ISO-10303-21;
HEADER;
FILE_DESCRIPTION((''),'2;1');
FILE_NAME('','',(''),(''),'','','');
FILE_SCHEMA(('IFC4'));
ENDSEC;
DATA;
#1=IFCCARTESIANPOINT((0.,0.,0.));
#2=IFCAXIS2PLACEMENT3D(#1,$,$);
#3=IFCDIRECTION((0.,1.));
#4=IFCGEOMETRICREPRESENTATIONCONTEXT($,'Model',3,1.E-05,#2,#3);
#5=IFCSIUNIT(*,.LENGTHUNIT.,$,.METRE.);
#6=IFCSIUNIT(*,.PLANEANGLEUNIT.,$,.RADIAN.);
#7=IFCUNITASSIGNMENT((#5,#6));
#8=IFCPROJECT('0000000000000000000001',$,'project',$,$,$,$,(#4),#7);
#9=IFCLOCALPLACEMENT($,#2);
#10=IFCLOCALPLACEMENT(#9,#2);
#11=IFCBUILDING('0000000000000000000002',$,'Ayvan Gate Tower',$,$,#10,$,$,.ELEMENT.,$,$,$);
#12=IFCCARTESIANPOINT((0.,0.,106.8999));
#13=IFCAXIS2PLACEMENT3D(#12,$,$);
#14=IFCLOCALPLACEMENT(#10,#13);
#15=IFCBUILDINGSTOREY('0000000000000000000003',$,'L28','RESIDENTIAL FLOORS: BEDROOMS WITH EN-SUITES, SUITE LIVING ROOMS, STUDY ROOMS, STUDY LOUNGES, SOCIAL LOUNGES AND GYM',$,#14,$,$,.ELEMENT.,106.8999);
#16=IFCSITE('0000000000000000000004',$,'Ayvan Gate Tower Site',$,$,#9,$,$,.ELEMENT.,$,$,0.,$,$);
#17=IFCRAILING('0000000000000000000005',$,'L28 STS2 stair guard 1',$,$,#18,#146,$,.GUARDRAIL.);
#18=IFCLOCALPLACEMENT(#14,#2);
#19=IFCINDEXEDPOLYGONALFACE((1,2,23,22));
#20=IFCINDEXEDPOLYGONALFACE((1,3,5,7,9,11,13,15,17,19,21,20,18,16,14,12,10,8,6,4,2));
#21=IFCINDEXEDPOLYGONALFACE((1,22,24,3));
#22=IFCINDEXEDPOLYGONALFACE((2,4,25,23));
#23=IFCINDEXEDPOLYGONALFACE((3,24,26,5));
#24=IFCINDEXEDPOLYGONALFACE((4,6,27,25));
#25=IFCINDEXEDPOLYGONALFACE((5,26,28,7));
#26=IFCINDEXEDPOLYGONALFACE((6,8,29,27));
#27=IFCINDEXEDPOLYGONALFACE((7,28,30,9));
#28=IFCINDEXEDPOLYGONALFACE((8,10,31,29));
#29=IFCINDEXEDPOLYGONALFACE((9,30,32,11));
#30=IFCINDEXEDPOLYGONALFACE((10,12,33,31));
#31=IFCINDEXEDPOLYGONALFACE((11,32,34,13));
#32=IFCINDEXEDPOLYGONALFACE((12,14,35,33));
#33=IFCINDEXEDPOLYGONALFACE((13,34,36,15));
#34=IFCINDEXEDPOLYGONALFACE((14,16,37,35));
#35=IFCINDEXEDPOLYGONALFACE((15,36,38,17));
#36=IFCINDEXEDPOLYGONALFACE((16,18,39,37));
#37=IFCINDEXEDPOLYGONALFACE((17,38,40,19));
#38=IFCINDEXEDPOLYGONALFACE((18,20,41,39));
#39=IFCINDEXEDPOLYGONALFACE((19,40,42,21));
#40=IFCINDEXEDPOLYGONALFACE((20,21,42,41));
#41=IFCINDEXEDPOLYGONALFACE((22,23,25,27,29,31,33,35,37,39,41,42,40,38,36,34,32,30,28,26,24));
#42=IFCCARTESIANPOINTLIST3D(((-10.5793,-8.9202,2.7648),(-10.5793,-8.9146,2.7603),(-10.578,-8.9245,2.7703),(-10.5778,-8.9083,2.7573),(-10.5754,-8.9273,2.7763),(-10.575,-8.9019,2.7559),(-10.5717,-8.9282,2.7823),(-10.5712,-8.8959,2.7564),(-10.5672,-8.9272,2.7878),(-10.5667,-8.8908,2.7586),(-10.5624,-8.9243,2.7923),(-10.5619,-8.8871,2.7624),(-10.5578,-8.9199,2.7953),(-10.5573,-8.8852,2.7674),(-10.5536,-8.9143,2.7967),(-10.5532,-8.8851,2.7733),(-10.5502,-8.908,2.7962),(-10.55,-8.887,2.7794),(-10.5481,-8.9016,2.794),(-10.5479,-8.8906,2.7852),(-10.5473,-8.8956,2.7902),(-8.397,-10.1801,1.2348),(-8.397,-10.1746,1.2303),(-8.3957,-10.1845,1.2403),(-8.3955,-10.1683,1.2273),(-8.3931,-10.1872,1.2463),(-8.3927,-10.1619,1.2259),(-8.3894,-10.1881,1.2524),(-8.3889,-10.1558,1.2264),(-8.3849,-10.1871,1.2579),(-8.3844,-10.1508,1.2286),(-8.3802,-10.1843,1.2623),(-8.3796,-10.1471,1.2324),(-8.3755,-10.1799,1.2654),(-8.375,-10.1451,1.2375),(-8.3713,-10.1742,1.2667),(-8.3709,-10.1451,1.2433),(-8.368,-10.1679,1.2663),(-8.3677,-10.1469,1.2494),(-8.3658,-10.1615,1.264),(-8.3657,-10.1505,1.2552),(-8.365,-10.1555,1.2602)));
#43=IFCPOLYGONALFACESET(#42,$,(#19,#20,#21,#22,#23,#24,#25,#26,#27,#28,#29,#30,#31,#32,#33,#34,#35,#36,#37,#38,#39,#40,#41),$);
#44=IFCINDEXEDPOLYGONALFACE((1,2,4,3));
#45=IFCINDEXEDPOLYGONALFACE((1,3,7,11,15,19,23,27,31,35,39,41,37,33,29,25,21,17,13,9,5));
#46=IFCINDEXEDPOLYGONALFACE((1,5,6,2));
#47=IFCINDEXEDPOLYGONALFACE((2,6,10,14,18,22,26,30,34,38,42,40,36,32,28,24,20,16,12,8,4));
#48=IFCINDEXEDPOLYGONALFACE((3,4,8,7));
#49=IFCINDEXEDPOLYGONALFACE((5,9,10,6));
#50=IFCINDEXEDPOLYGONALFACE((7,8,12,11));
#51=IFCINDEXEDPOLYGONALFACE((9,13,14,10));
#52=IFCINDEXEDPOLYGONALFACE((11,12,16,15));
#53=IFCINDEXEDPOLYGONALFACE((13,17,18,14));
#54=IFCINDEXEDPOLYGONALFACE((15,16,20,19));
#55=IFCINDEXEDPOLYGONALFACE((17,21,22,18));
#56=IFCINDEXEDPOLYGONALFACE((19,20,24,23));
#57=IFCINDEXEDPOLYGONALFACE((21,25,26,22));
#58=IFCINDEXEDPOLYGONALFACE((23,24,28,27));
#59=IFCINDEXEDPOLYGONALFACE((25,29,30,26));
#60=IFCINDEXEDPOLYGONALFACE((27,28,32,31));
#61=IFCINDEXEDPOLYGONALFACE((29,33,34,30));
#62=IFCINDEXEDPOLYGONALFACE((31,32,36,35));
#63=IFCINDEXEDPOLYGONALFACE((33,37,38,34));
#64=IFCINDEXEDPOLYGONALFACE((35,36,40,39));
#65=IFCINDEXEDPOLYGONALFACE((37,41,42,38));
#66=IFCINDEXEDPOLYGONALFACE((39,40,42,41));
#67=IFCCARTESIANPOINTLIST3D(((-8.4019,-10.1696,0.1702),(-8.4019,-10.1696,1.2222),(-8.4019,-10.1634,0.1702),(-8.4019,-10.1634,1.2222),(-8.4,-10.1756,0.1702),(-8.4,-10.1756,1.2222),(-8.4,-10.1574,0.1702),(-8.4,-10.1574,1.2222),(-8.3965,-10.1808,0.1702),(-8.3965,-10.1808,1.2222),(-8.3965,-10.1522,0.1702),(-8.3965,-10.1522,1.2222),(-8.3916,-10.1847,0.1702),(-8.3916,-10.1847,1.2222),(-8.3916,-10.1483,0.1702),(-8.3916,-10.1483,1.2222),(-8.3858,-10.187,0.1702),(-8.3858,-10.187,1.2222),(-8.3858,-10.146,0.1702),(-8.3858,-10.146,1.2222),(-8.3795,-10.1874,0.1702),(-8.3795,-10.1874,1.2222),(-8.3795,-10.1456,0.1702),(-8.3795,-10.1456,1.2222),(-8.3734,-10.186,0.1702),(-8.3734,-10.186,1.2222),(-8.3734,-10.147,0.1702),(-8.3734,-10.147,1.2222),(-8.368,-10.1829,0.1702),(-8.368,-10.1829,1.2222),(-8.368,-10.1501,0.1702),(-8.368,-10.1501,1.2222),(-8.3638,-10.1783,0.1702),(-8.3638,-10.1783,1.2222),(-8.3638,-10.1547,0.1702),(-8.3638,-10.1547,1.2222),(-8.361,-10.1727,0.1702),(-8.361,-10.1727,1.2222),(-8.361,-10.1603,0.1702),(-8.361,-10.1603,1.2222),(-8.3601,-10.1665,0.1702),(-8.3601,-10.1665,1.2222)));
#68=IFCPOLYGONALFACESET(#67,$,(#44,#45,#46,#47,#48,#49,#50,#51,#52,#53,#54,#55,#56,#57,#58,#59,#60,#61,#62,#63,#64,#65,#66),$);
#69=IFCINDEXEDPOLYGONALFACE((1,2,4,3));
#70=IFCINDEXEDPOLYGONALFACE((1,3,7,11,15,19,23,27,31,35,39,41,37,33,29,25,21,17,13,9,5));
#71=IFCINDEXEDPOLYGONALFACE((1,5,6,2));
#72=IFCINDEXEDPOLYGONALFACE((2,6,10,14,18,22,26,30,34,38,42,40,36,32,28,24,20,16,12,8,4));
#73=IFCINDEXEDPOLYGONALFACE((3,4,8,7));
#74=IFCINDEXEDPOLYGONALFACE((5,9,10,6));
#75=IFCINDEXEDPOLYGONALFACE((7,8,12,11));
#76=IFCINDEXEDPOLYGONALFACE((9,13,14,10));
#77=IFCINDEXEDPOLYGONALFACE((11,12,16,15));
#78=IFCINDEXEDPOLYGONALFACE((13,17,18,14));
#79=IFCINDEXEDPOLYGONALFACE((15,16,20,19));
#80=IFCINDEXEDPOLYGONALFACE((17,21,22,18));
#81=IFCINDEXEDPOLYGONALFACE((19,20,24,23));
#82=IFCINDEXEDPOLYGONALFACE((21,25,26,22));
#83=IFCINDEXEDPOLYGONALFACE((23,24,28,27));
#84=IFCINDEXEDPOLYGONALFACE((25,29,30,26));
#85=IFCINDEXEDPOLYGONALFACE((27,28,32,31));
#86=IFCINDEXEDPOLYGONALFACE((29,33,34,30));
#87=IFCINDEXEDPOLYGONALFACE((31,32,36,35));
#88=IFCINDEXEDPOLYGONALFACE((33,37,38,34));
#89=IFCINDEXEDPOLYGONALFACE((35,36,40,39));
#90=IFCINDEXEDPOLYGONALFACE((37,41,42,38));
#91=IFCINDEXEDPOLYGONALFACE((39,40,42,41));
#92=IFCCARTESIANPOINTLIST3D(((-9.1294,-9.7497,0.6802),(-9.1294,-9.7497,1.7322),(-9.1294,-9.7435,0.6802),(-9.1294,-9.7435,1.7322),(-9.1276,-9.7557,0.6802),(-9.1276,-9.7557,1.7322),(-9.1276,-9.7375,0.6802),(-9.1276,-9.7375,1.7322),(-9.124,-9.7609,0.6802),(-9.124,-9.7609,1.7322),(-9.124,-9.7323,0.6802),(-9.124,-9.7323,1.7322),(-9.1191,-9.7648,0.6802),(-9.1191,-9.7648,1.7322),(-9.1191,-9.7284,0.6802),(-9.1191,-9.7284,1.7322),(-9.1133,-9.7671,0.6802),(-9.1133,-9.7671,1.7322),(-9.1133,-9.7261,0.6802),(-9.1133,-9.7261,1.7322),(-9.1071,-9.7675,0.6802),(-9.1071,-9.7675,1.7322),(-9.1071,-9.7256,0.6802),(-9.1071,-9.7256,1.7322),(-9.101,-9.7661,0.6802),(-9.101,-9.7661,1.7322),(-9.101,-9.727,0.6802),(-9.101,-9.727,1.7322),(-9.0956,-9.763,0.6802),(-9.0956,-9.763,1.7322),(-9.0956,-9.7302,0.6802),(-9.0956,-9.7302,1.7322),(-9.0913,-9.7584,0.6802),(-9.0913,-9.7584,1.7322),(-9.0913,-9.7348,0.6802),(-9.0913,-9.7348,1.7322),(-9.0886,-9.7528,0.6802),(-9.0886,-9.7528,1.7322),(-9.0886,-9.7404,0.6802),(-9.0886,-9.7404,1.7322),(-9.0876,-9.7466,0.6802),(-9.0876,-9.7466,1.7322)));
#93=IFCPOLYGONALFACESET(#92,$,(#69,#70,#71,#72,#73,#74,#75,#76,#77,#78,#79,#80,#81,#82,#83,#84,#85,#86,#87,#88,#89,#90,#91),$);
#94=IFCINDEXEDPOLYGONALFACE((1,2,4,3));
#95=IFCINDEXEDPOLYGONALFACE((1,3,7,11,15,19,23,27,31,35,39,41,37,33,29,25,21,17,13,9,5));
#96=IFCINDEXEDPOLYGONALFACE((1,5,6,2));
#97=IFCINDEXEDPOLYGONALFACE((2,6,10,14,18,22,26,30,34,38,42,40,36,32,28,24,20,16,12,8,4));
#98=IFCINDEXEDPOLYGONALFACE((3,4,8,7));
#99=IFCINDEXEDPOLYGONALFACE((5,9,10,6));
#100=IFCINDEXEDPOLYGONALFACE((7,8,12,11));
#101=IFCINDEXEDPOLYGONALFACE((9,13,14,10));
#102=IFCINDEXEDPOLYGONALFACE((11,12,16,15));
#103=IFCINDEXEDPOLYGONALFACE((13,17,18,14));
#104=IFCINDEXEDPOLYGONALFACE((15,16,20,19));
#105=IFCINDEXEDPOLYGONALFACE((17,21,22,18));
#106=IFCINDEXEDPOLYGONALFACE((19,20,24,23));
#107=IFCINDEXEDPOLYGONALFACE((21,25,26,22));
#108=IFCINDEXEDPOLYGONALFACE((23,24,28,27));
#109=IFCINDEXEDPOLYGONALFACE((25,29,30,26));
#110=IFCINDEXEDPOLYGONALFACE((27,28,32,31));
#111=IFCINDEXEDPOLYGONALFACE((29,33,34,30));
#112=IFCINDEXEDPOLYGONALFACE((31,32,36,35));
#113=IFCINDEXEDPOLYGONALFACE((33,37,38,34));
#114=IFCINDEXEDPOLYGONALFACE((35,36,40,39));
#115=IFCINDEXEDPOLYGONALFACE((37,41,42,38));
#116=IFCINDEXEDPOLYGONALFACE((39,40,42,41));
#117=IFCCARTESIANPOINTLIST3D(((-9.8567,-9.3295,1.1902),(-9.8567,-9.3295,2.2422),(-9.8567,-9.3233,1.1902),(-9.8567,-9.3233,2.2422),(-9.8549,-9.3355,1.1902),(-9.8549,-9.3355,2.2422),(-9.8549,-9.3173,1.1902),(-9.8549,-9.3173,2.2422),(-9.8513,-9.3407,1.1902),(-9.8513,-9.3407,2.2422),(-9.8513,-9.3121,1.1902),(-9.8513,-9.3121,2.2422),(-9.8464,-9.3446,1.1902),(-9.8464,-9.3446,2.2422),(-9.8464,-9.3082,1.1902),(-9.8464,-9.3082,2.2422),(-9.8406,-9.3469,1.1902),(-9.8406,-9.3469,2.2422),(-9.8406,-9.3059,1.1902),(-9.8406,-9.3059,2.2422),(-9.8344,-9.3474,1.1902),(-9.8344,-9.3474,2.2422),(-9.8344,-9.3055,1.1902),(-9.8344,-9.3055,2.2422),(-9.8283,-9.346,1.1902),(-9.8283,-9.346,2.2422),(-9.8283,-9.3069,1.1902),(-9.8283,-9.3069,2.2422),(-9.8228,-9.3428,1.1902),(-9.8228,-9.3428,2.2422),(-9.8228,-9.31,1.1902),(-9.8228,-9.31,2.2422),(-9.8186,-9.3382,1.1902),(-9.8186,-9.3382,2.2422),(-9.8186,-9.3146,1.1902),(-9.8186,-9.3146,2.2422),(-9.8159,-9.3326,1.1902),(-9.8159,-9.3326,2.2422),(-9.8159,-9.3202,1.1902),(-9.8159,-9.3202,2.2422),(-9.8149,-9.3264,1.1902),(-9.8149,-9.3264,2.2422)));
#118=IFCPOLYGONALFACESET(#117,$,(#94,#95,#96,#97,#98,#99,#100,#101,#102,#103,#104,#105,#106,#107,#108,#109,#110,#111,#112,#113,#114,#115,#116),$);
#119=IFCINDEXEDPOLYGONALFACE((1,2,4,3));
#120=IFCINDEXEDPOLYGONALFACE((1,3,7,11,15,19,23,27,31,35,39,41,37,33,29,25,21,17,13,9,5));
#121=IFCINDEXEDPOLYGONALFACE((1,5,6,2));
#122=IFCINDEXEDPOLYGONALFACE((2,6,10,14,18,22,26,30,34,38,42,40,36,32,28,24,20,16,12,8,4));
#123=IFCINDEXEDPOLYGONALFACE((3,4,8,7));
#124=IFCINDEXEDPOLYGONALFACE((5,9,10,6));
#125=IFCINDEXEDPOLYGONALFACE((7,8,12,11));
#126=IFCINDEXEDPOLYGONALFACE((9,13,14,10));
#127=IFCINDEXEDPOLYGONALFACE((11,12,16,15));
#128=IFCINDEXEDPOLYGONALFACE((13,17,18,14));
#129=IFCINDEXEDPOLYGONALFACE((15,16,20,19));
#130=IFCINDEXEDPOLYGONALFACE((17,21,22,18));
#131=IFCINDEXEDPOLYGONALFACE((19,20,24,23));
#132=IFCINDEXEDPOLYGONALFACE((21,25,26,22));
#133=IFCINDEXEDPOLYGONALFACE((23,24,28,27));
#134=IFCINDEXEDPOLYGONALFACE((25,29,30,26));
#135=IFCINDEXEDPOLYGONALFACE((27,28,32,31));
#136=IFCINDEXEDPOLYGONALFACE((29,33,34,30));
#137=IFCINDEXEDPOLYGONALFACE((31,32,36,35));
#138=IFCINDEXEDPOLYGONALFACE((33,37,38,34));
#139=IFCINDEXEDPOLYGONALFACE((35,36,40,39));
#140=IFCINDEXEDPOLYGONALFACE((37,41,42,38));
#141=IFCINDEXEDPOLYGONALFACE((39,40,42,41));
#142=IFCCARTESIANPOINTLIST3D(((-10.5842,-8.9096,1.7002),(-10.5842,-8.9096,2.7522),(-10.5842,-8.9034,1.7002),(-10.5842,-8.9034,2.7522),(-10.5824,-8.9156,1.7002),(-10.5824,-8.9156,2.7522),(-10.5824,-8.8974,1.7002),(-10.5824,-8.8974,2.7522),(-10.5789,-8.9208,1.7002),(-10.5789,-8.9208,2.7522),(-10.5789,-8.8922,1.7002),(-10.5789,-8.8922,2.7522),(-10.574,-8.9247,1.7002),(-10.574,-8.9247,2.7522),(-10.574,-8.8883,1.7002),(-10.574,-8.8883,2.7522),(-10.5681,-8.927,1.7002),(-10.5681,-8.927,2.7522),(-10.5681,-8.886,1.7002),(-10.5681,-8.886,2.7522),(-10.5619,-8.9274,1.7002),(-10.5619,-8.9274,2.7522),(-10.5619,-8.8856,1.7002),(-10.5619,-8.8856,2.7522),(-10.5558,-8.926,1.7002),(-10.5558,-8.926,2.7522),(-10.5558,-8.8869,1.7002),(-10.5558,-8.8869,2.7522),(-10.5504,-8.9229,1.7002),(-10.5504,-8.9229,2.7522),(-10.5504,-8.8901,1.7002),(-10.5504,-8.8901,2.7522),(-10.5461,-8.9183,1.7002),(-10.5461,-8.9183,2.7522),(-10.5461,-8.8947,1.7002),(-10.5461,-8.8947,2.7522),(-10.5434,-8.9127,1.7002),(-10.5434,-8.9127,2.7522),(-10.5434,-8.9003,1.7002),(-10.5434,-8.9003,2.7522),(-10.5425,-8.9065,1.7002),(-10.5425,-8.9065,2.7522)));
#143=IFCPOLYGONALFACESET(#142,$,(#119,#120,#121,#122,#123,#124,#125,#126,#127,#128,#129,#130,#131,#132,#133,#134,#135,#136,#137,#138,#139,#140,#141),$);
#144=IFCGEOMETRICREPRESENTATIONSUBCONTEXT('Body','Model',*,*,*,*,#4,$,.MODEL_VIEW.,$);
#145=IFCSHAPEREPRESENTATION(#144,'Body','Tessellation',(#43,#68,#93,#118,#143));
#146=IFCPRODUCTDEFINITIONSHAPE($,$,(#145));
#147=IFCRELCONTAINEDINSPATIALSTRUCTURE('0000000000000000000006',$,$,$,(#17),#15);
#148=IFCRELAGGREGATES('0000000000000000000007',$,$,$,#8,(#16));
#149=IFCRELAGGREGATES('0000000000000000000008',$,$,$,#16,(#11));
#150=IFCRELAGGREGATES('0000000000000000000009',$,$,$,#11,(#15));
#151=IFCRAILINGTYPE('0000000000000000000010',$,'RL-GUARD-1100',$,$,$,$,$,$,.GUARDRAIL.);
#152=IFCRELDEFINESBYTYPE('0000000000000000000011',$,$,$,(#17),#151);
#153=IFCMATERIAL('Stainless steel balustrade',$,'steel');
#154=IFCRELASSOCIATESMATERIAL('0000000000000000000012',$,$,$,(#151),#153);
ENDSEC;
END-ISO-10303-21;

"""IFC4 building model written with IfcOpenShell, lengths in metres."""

from ifc_helpers import new_model, si_unit, direction, frame, origin, origin_2d, place, context, subcontext, project, spatial, circle, extrude, material, type_object, element, save


model = new_model("IFC4")

# Units and contexts
model_context = context("Model", 3, precision=1e-05, world=origin(), true_north=direction((0.0, 1.0)))
body_context = subcontext(model_context, "Body", "Model", "MODEL_VIEW")
ifc_project = project(units=[si_unit("LENGTHUNIT", "METRE"), si_unit("PLANEANGLEUNIT", "RADIAN")], contexts=[model_context])

# Site, building, storey
site_placement = place(None, origin())
site = spatial("IfcSite", under=ifc_project, at=site_placement, Name="Ayvan Gate Tower Site", CompositionType="ELEMENT", RefElevation=0.0)
building_placement = place(site_placement, origin())
building = spatial("IfcBuilding", under=site, at=building_placement, Name="Ayvan Gate Tower", CompositionType="ELEMENT")
storey_placement = place(building_placement, frame((0.0, 0.0, 106.8999)))
storey = spatial("IfcBuildingStorey", under=building, at=storey_placement, Name="L28", Description="RESIDENTIAL FLOORS: BEDROOMS WITH EN-SUITES, SUITE LIVING ROOMS, STUDY ROOMS, STUDY LOUNGES, SOCIAL LOUNGES AND GYM", CompositionType="ELEMENT", Elevation=106.8999)

# Railing
ifc_material_1 = material(Name="Stainless steel balustrade", Category="steel")
railing_type_1 = type_object("IfcRailingType", Name="RL-GUARD-1100", PredefinedType="GUARDRAIL", material=ifc_material_1)
railing_1_placement = place(storey_placement, frame((-8.3811, -10.1665, 0.1702)))
element("IfcRailing", 1, at=railing_1_placement, inside=storey, type_object=railing_type_1, Name="L28 STS2 stair guard 1", PredefinedType="GUARDRAIL", context=body_context, shape_type="SweptSolid", body=[
    extrude(circle(Radius=0.0239, at=origin_2d()), frame((0.0, 0.0, 1.0762), z_axis=(-0.740261, 0.427395, 0.518986), x_axis=(-0.500005, -0.866023, 0.0)), (0.0, 0.0, 1.0), 2.948),
    extrude(circle(Radius=0.021, at=origin_2d()), origin(), (0.0, 0.0, 1.0), 1.052),
    extrude(circle(Radius=0.021, at=origin_2d()), frame((-0.7275, 0.4199, 0.51)), (0.0, 0.0, 1.0), 1.052),
    extrude(circle(Radius=0.021, at=origin_2d()), frame((-1.4548, 0.8401, 1.02)), (0.0, 0.0, 1.0), 1.052),
    extrude(circle(Radius=0.021, at=origin_2d()), frame((-2.1824, 1.26, 1.53)), (0.0, 0.0, 1.0), 1.052),
])

save(model, "model.ifc")
